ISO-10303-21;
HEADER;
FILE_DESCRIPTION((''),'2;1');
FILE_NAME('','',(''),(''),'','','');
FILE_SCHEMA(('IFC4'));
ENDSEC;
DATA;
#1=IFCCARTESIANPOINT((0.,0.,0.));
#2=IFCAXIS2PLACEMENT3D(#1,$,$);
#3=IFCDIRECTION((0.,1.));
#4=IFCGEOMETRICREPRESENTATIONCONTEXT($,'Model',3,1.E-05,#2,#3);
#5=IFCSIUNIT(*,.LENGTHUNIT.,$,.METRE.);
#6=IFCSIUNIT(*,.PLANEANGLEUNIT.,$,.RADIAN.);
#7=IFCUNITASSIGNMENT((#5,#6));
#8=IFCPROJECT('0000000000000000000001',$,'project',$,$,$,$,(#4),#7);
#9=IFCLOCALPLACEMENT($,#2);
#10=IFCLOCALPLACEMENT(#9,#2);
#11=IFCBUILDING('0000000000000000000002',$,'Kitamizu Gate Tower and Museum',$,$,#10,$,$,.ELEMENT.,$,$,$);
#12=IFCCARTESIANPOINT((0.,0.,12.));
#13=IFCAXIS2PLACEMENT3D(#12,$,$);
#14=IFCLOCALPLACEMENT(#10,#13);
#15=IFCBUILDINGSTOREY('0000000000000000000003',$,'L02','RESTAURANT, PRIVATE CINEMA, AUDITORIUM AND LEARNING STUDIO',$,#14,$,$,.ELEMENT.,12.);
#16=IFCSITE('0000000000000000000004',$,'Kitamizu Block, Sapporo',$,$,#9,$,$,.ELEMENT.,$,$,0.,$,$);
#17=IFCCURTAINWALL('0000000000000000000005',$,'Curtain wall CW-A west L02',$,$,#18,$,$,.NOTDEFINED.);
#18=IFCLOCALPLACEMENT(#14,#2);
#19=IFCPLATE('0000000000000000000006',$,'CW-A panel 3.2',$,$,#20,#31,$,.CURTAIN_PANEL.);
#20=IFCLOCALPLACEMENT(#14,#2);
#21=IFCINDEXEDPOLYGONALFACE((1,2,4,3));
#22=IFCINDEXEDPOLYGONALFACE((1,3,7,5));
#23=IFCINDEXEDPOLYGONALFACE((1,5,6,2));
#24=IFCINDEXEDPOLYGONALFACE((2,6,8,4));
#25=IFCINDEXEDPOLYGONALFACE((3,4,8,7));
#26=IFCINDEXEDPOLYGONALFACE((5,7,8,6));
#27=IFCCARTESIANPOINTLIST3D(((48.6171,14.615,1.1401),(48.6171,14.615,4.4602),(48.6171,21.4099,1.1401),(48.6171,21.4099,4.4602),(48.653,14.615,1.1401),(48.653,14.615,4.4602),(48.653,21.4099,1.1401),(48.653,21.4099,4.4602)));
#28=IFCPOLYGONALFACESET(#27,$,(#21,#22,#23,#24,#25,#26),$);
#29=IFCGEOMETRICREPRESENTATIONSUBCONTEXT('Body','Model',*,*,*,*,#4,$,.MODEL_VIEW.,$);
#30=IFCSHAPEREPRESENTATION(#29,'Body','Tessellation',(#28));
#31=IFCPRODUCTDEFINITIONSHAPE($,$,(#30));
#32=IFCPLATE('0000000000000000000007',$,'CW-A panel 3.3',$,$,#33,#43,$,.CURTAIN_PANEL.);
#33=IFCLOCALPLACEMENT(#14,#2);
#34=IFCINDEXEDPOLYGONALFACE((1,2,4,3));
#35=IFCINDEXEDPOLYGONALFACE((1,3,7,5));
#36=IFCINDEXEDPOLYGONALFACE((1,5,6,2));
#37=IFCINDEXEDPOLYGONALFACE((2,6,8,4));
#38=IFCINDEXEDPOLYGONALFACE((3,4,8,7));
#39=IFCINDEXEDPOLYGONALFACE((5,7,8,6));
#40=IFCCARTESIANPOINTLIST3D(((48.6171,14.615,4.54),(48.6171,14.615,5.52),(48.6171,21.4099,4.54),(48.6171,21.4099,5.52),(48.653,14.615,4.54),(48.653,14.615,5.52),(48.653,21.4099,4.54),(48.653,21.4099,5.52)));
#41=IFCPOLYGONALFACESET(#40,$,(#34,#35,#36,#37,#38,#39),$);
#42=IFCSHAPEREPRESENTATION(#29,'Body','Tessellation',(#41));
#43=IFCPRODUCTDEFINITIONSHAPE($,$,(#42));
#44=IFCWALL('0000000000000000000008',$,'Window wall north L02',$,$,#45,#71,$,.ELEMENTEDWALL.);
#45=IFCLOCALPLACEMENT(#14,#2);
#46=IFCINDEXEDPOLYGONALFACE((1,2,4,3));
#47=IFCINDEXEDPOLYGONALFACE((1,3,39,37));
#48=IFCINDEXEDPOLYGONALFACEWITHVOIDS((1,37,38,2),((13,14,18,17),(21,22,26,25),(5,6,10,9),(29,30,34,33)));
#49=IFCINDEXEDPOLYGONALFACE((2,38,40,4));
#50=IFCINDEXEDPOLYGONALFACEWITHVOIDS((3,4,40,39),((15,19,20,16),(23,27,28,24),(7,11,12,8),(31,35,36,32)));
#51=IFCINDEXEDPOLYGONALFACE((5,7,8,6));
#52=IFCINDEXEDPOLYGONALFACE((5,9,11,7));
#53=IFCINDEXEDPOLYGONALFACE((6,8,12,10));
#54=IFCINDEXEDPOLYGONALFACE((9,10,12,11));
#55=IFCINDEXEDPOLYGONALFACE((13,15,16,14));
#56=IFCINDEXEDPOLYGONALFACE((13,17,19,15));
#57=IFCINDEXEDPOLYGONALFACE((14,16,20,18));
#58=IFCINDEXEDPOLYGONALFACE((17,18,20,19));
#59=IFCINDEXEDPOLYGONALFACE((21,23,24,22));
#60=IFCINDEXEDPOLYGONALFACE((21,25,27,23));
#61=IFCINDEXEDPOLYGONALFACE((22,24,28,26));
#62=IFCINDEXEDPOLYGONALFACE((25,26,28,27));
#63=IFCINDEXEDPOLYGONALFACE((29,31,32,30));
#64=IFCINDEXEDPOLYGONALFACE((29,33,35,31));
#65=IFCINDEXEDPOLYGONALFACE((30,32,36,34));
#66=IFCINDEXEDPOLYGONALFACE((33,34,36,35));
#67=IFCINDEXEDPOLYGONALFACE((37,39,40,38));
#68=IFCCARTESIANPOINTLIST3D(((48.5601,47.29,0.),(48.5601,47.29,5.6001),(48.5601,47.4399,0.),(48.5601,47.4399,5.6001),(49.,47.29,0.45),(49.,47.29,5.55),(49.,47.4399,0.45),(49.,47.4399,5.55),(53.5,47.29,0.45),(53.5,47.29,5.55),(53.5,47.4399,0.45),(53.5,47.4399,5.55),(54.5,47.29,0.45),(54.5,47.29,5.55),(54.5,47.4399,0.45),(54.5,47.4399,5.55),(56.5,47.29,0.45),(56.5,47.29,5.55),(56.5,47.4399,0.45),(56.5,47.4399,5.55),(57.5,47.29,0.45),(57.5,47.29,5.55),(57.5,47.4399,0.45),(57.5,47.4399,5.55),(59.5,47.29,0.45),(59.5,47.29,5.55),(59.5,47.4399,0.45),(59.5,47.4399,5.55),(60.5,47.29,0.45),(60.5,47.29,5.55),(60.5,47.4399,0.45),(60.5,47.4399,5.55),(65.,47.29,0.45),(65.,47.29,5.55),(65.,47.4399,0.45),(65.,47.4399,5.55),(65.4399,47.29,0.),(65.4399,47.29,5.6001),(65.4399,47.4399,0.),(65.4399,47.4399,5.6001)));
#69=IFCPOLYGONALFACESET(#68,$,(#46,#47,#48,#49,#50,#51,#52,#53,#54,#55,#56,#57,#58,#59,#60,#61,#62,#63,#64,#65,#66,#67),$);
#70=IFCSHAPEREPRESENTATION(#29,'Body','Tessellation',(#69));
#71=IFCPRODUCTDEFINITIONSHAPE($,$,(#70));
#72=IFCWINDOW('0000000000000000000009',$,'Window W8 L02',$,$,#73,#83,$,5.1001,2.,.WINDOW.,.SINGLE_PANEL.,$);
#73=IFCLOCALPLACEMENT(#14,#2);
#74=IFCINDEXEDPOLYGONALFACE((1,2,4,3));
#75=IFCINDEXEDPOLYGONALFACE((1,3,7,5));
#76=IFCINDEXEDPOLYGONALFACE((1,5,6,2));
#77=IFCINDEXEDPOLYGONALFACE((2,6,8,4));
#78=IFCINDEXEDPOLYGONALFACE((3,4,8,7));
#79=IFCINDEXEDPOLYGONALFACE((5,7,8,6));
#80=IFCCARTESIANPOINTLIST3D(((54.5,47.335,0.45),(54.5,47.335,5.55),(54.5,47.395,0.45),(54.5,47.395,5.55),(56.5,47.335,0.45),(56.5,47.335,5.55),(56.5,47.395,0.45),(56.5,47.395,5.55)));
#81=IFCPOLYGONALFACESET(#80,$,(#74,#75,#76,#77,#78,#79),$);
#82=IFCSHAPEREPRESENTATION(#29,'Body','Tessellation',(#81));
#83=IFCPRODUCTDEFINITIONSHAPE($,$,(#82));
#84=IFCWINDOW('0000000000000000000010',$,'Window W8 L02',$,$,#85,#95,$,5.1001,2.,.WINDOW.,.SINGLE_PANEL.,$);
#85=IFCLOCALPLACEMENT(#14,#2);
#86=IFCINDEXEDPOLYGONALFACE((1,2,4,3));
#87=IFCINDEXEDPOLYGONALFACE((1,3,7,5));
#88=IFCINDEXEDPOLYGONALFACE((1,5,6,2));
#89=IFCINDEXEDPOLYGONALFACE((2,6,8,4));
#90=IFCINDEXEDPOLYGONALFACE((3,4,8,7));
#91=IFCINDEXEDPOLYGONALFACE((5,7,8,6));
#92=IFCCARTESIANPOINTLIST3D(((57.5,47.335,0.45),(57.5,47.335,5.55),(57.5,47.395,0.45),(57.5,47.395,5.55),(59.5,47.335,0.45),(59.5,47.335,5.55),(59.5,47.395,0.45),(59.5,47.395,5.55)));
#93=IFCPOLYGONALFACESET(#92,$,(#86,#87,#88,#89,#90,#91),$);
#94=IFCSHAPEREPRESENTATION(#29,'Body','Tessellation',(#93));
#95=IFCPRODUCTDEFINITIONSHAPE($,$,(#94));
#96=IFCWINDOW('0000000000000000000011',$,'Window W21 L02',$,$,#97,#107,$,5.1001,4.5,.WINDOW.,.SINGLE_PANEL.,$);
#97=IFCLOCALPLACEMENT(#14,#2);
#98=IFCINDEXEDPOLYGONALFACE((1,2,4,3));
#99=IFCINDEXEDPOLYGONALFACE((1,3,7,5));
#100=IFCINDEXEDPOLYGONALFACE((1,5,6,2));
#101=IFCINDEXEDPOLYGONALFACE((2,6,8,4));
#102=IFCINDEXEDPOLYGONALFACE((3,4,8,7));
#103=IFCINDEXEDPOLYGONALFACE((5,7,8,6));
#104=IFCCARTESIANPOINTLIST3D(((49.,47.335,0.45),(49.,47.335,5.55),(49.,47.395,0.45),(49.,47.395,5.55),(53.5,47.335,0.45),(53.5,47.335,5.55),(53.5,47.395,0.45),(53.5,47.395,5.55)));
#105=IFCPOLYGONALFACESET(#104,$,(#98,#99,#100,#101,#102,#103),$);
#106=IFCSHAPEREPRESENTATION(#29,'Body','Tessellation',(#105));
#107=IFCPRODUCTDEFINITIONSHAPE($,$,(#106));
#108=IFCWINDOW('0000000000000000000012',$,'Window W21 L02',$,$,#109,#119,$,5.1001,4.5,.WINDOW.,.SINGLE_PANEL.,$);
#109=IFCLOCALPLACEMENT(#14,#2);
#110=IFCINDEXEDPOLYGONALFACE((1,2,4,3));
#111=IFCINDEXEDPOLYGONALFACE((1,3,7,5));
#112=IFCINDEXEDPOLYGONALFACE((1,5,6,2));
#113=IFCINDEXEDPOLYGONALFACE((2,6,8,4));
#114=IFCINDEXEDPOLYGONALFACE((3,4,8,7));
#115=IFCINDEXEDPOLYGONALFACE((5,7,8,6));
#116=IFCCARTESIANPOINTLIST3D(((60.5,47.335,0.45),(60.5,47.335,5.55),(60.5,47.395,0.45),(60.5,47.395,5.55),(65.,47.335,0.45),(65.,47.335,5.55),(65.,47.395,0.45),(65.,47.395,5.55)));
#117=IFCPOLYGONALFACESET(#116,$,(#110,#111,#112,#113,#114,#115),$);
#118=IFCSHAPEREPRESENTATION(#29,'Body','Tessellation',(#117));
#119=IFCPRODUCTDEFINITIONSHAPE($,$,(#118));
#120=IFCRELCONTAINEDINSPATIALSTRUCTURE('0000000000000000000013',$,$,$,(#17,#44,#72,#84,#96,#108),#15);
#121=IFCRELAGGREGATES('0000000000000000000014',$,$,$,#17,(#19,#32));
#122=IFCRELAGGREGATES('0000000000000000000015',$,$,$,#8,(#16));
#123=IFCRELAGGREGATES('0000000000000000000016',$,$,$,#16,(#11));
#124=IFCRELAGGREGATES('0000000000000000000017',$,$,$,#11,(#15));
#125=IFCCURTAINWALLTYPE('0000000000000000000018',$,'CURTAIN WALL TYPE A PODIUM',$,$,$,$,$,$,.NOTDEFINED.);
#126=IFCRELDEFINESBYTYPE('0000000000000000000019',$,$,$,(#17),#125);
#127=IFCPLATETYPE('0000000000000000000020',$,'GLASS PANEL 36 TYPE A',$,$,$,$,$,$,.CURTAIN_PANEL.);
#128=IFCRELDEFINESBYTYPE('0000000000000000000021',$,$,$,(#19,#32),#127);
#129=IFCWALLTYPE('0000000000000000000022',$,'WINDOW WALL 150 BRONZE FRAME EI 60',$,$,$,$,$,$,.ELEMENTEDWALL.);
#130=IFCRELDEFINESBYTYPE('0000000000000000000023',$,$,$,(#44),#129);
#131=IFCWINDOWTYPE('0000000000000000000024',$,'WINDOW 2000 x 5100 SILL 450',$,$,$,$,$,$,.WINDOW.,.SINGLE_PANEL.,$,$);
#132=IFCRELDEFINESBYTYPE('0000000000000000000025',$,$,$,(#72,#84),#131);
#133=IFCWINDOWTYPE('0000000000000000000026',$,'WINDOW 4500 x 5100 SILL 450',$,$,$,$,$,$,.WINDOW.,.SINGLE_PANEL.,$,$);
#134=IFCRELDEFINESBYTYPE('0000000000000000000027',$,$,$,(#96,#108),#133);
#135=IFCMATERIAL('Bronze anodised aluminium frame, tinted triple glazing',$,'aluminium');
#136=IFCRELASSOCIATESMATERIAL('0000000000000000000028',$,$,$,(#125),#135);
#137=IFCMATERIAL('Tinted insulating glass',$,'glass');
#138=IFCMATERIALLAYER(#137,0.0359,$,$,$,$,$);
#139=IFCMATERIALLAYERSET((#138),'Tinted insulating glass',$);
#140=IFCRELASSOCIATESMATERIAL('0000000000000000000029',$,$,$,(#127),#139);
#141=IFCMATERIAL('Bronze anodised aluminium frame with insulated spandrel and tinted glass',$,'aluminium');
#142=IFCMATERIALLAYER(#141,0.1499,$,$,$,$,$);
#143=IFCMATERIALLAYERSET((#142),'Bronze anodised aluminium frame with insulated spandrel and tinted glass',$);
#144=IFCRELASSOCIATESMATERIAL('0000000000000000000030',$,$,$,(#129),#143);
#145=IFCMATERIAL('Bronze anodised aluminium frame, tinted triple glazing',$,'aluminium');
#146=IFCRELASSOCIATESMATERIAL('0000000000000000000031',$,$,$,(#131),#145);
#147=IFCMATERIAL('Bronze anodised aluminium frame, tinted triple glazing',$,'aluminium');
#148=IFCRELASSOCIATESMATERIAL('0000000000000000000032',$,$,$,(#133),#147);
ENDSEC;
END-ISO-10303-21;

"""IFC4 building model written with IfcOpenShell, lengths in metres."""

from ifc_helpers import new_model, si_unit, direction, frame, frame_2d, origin, origin_2d, place, context, subcontext, project, spatial, rectangle, extrude, material, layer, layer_set, type_object, element, fill, aggregate, save


model = new_model("IFC4")

# Units and contexts
model_context = context("Model", 3, precision=1e-05, world=origin(), true_north=direction((0.0, 1.0)))
body_context = subcontext(model_context, "Body", "Model", "MODEL_VIEW")
ifc_project = project(units=[si_unit("LENGTHUNIT", "METRE"), si_unit("PLANEANGLEUNIT", "RADIAN")], contexts=[model_context])

# Site, building, storey
site_placement = place(None, origin())
site = spatial("IfcSite", under=ifc_project, at=site_placement, Name="Kitamizu Block, Sapporo", CompositionType="ELEMENT", RefElevation=0.0)
building_placement = place(site_placement, origin())
building = spatial("IfcBuilding", under=site, at=building_placement, Name="Kitamizu Gate Tower and Museum", CompositionType="ELEMENT")
storey_placement = place(building_placement, frame((0.0, 0.0, 12.0)))
storey = spatial("IfcBuildingStorey", under=building, at=storey_placement, Name="L02", Description="RESTAURANT, PRIVATE CINEMA, AUDITORIUM AND LEARNING STUDIO", CompositionType="ELEMENT", Elevation=12.0)

# Curtain wall
ifc_material_1 = material(Name="Bronze anodised aluminium frame, tinted triple glazing", Category="aluminium")
curtain_wall_type = type_object("IfcCurtainWallType", Name="CURTAIN WALL TYPE A PODIUM", PredefinedType="NOTDEFINED", material=ifc_material_1)
curtain_wall_1_placement = place(storey_placement, origin())
curtain_wall_1 = element("IfcCurtainWall", 1, at=curtain_wall_1_placement, inside=storey, type_object=curtain_wall_type, Name="Curtain wall CW-A west L02", PredefinedType="NOTDEFINED")

# Plates
ifc_material_2 = material(Name="Tinted insulating glass", Category="glass")
ifc_layer_1 = layer(ifc_material_2, 0.0359)
ifc_layer_set_1 = layer_set([ifc_layer_1], Name="Tinted insulating glass")
plate_type = type_object("IfcPlateType", Name="GLASS PANEL 36 TYPE A", PredefinedType="CURTAIN_PANEL", material=ifc_layer_set_1)
plate_1_placement = place(storey_placement, frame((48.635, 18.0125, 1.1401), z_axis=(0.0, 0.0, 1.0), x_axis=(0.0, 1.0, 0.0)))
plate_1 = element("IfcPlate", 2, at=plate_1_placement, type_object=plate_type, Name="CW-A panel 3.2", PredefinedType="CURTAIN_PANEL", context=body_context, shape_type="SweptSolid", body=[
    extrude(rectangle(XDim=6.7949, YDim=0.0359, at=origin_2d()), origin(), (0.0, 0.0, 1.0), 3.3201),
])
plate_2_placement = place(storey_placement, frame((48.635, 18.0125, 4.54), z_axis=(0.0, 0.0, 1.0), x_axis=(0.0, 1.0, 0.0)))
plate_2 = element("IfcPlate", 3, at=plate_2_placement, type_object=plate_type, Name="CW-A panel 3.3", PredefinedType="CURTAIN_PANEL", context=body_context, shape_type="SweptSolid", body=[
    extrude(rectangle(XDim=6.7949, YDim=0.0359, at=origin_2d()), origin(), (0.0, 0.0, 1.0), 0.98),
])
aggregate(curtain_wall_1, [plate_1, plate_2])

# Wall, openings, windows
ifc_material_3 = material(Name="Bronze anodised aluminium frame with insulated spandrel and tinted glass", Category="aluminium")
ifc_layer_2 = layer(ifc_material_3, 0.1499)
ifc_layer_set_2 = layer_set([ifc_layer_2], Name="Bronze anodised aluminium frame with insulated spandrel and tinted glass")
wall_type = type_object("IfcWallType", Name="WINDOW WALL 150 BRONZE FRAME EI 60", PredefinedType="ELEMENTEDWALL", material=ifc_layer_set_2)
wall_placement = place(storey_placement, frame((48.5601, 47.365, 0.0), z_axis=(0.0, 0.0, 1.0), x_axis=(1.0, 0.0, 0.0)))
wall = element("IfcWall", 4, at=wall_placement, inside=storey, type_object=wall_type, Name="Window wall north L02", PredefinedType="ELEMENTEDWALL", context=body_context, shape_type="SweptSolid", body=[
    extrude(rectangle(XDim=16.8799, YDim=0.1499, at=frame_2d((8.4399, 0.0))), origin(), (0.0, 0.0, 1.0), 5.6001),
])
opening_1_placement = place(wall_placement, frame((0.4399, 0.0, 0.45)))
opening_1 = element("IfcOpeningElement", 5, at=opening_1_placement, cuts=wall, PredefinedType="OPENING", context=body_context, shape_type="SweptSolid", body=[
    extrude(rectangle(XDim=4.5, YDim=5.1001, at=frame_2d((2.25, 2.55))), frame((0.0, 0.085, 0.0), z_axis=(0.0, -1.0, 0.0), x_axis=(1.0, 0.0, 0.0)), (0.0, 0.0, 1.0), 0.1699),
])
opening_2_placement = place(wall_placement, frame((5.9399, 0.0, 0.45)))
opening_2 = element("IfcOpeningElement", 6, at=opening_2_placement, cuts=wall, PredefinedType="OPENING", context=body_context, shape_type="SweptSolid", body=[
    extrude(rectangle(XDim=2.0, YDim=5.1001, at=frame_2d((1.0, 2.55))), frame((0.0, 0.085, 0.0), z_axis=(0.0, -1.0, 0.0), x_axis=(1.0, 0.0, 0.0)), (0.0, 0.0, 1.0), 0.1699),
])
opening_3_placement = place(wall_placement, frame((8.9399, 0.0, 0.45)))
opening_3 = element("IfcOpeningElement", 7, at=opening_3_placement, cuts=wall, PredefinedType="OPENING", context=body_context, shape_type="SweptSolid", body=[
    extrude(rectangle(XDim=2.0, YDim=5.1001, at=frame_2d((1.0, 2.55))), frame((0.0, 0.085, 0.0), z_axis=(0.0, -1.0, 0.0), x_axis=(1.0, 0.0, 0.0)), (0.0, 0.0, 1.0), 0.1699),
])
opening_4_placement = place(wall_placement, frame((11.9399, 0.0, 0.45)))
opening_4 = element("IfcOpeningElement", 8, at=opening_4_placement, cuts=wall, PredefinedType="OPENING", context=body_context, shape_type="SweptSolid", body=[
    extrude(rectangle(XDim=4.5, YDim=5.1001, at=frame_2d((2.25, 2.55))), frame((0.0, 0.085, 0.0), z_axis=(0.0, -1.0, 0.0), x_axis=(1.0, 0.0, 0.0)), (0.0, 0.0, 1.0), 0.1699),
])
ifc_material_4 = material(Name="Bronze anodised aluminium frame, tinted triple glazing", Category="aluminium")
window_type_1 = type_object("IfcWindowType", Name="WINDOW 2000 x 5100 SILL 450", PartitioningType="SINGLE_PANEL", PredefinedType="WINDOW", material=ifc_material_4)
window_1_placement = place(opening_2_placement, origin())
window_1 = element("IfcWindow", 9, at=window_1_placement, inside=storey, type_object=window_type_1, Name="Window W8 L02", OverallHeight=5.1001, OverallWidth=2.0, PartitioningType="SINGLE_PANEL", PredefinedType="WINDOW", context=body_context, shape_type="SweptSolid", body=[
    extrude(rectangle(XDim=2.0, YDim=5.1001, at=frame_2d((1.0, 2.55))), frame((0.0, 0.03, 0.0), z_axis=(0.0, -1.0, 0.0), x_axis=(1.0, 0.0, 0.0)), (0.0, 0.0, 1.0), 0.0601),
])
fill(opening_2, window_1)
window_2_placement = place(opening_3_placement, origin())
window_2 = element("IfcWindow", 10, at=window_2_placement, inside=storey, type_object=window_type_1, Name="Window W8 L02", OverallHeight=5.1001, OverallWidth=2.0, PartitioningType="SINGLE_PANEL", PredefinedType="WINDOW", context=body_context, shape_type="SweptSolid", body=[
    extrude(rectangle(XDim=2.0, YDim=5.1001, at=frame_2d((1.0, 2.55))), frame((0.0, 0.03, 0.0), z_axis=(0.0, -1.0, 0.0), x_axis=(1.0, 0.0, 0.0)), (0.0, 0.0, 1.0), 0.0601),
])
fill(opening_3, window_2)
ifc_material_5 = material(Name="Bronze anodised aluminium frame, tinted triple glazing", Category="aluminium")
window_type_2 = type_object("IfcWindowType", Name="WINDOW 4500 x 5100 SILL 450", PartitioningType="SINGLE_PANEL", PredefinedType="WINDOW", material=ifc_material_5)
window_3_placement = place(opening_1_placement, origin())
window_3 = element("IfcWindow", 11, at=window_3_placement, inside=storey, type_object=window_type_2, Name="Window W21 L02", OverallHeight=5.1001, OverallWidth=4.5, PartitioningType="SINGLE_PANEL", PredefinedType="WINDOW", context=body_context, shape_type="SweptSolid", body=[
    extrude(rectangle(XDim=4.5, YDim=5.1001, at=frame_2d((2.25, 2.55))), frame((0.0, 0.03, 0.0), z_axis=(0.0, -1.0, 0.0), x_axis=(1.0, 0.0, 0.0)), (0.0, 0.0, 1.0), 0.0601),
])
fill(opening_1, window_3)
window_4_placement = place(opening_4_placement, origin())
window_4 = element("IfcWindow", 12, at=window_4_placement, inside=storey, type_object=window_type_2, Name="Window W21 L02", OverallHeight=5.1001, OverallWidth=4.5, PartitioningType="SINGLE_PANEL", PredefinedType="WINDOW", context=body_context, shape_type="SweptSolid", body=[
    extrude(rectangle(XDim=4.5, YDim=5.1001, at=frame_2d((2.25, 2.55))), frame((0.0, 0.03, 0.0), z_axis=(0.0, -1.0, 0.0), x_axis=(1.0, 0.0, 0.0)), (0.0, 0.0, 1.0), 0.0601),
])
fill(opening_4, window_4)

save(model, "model.ifc")
